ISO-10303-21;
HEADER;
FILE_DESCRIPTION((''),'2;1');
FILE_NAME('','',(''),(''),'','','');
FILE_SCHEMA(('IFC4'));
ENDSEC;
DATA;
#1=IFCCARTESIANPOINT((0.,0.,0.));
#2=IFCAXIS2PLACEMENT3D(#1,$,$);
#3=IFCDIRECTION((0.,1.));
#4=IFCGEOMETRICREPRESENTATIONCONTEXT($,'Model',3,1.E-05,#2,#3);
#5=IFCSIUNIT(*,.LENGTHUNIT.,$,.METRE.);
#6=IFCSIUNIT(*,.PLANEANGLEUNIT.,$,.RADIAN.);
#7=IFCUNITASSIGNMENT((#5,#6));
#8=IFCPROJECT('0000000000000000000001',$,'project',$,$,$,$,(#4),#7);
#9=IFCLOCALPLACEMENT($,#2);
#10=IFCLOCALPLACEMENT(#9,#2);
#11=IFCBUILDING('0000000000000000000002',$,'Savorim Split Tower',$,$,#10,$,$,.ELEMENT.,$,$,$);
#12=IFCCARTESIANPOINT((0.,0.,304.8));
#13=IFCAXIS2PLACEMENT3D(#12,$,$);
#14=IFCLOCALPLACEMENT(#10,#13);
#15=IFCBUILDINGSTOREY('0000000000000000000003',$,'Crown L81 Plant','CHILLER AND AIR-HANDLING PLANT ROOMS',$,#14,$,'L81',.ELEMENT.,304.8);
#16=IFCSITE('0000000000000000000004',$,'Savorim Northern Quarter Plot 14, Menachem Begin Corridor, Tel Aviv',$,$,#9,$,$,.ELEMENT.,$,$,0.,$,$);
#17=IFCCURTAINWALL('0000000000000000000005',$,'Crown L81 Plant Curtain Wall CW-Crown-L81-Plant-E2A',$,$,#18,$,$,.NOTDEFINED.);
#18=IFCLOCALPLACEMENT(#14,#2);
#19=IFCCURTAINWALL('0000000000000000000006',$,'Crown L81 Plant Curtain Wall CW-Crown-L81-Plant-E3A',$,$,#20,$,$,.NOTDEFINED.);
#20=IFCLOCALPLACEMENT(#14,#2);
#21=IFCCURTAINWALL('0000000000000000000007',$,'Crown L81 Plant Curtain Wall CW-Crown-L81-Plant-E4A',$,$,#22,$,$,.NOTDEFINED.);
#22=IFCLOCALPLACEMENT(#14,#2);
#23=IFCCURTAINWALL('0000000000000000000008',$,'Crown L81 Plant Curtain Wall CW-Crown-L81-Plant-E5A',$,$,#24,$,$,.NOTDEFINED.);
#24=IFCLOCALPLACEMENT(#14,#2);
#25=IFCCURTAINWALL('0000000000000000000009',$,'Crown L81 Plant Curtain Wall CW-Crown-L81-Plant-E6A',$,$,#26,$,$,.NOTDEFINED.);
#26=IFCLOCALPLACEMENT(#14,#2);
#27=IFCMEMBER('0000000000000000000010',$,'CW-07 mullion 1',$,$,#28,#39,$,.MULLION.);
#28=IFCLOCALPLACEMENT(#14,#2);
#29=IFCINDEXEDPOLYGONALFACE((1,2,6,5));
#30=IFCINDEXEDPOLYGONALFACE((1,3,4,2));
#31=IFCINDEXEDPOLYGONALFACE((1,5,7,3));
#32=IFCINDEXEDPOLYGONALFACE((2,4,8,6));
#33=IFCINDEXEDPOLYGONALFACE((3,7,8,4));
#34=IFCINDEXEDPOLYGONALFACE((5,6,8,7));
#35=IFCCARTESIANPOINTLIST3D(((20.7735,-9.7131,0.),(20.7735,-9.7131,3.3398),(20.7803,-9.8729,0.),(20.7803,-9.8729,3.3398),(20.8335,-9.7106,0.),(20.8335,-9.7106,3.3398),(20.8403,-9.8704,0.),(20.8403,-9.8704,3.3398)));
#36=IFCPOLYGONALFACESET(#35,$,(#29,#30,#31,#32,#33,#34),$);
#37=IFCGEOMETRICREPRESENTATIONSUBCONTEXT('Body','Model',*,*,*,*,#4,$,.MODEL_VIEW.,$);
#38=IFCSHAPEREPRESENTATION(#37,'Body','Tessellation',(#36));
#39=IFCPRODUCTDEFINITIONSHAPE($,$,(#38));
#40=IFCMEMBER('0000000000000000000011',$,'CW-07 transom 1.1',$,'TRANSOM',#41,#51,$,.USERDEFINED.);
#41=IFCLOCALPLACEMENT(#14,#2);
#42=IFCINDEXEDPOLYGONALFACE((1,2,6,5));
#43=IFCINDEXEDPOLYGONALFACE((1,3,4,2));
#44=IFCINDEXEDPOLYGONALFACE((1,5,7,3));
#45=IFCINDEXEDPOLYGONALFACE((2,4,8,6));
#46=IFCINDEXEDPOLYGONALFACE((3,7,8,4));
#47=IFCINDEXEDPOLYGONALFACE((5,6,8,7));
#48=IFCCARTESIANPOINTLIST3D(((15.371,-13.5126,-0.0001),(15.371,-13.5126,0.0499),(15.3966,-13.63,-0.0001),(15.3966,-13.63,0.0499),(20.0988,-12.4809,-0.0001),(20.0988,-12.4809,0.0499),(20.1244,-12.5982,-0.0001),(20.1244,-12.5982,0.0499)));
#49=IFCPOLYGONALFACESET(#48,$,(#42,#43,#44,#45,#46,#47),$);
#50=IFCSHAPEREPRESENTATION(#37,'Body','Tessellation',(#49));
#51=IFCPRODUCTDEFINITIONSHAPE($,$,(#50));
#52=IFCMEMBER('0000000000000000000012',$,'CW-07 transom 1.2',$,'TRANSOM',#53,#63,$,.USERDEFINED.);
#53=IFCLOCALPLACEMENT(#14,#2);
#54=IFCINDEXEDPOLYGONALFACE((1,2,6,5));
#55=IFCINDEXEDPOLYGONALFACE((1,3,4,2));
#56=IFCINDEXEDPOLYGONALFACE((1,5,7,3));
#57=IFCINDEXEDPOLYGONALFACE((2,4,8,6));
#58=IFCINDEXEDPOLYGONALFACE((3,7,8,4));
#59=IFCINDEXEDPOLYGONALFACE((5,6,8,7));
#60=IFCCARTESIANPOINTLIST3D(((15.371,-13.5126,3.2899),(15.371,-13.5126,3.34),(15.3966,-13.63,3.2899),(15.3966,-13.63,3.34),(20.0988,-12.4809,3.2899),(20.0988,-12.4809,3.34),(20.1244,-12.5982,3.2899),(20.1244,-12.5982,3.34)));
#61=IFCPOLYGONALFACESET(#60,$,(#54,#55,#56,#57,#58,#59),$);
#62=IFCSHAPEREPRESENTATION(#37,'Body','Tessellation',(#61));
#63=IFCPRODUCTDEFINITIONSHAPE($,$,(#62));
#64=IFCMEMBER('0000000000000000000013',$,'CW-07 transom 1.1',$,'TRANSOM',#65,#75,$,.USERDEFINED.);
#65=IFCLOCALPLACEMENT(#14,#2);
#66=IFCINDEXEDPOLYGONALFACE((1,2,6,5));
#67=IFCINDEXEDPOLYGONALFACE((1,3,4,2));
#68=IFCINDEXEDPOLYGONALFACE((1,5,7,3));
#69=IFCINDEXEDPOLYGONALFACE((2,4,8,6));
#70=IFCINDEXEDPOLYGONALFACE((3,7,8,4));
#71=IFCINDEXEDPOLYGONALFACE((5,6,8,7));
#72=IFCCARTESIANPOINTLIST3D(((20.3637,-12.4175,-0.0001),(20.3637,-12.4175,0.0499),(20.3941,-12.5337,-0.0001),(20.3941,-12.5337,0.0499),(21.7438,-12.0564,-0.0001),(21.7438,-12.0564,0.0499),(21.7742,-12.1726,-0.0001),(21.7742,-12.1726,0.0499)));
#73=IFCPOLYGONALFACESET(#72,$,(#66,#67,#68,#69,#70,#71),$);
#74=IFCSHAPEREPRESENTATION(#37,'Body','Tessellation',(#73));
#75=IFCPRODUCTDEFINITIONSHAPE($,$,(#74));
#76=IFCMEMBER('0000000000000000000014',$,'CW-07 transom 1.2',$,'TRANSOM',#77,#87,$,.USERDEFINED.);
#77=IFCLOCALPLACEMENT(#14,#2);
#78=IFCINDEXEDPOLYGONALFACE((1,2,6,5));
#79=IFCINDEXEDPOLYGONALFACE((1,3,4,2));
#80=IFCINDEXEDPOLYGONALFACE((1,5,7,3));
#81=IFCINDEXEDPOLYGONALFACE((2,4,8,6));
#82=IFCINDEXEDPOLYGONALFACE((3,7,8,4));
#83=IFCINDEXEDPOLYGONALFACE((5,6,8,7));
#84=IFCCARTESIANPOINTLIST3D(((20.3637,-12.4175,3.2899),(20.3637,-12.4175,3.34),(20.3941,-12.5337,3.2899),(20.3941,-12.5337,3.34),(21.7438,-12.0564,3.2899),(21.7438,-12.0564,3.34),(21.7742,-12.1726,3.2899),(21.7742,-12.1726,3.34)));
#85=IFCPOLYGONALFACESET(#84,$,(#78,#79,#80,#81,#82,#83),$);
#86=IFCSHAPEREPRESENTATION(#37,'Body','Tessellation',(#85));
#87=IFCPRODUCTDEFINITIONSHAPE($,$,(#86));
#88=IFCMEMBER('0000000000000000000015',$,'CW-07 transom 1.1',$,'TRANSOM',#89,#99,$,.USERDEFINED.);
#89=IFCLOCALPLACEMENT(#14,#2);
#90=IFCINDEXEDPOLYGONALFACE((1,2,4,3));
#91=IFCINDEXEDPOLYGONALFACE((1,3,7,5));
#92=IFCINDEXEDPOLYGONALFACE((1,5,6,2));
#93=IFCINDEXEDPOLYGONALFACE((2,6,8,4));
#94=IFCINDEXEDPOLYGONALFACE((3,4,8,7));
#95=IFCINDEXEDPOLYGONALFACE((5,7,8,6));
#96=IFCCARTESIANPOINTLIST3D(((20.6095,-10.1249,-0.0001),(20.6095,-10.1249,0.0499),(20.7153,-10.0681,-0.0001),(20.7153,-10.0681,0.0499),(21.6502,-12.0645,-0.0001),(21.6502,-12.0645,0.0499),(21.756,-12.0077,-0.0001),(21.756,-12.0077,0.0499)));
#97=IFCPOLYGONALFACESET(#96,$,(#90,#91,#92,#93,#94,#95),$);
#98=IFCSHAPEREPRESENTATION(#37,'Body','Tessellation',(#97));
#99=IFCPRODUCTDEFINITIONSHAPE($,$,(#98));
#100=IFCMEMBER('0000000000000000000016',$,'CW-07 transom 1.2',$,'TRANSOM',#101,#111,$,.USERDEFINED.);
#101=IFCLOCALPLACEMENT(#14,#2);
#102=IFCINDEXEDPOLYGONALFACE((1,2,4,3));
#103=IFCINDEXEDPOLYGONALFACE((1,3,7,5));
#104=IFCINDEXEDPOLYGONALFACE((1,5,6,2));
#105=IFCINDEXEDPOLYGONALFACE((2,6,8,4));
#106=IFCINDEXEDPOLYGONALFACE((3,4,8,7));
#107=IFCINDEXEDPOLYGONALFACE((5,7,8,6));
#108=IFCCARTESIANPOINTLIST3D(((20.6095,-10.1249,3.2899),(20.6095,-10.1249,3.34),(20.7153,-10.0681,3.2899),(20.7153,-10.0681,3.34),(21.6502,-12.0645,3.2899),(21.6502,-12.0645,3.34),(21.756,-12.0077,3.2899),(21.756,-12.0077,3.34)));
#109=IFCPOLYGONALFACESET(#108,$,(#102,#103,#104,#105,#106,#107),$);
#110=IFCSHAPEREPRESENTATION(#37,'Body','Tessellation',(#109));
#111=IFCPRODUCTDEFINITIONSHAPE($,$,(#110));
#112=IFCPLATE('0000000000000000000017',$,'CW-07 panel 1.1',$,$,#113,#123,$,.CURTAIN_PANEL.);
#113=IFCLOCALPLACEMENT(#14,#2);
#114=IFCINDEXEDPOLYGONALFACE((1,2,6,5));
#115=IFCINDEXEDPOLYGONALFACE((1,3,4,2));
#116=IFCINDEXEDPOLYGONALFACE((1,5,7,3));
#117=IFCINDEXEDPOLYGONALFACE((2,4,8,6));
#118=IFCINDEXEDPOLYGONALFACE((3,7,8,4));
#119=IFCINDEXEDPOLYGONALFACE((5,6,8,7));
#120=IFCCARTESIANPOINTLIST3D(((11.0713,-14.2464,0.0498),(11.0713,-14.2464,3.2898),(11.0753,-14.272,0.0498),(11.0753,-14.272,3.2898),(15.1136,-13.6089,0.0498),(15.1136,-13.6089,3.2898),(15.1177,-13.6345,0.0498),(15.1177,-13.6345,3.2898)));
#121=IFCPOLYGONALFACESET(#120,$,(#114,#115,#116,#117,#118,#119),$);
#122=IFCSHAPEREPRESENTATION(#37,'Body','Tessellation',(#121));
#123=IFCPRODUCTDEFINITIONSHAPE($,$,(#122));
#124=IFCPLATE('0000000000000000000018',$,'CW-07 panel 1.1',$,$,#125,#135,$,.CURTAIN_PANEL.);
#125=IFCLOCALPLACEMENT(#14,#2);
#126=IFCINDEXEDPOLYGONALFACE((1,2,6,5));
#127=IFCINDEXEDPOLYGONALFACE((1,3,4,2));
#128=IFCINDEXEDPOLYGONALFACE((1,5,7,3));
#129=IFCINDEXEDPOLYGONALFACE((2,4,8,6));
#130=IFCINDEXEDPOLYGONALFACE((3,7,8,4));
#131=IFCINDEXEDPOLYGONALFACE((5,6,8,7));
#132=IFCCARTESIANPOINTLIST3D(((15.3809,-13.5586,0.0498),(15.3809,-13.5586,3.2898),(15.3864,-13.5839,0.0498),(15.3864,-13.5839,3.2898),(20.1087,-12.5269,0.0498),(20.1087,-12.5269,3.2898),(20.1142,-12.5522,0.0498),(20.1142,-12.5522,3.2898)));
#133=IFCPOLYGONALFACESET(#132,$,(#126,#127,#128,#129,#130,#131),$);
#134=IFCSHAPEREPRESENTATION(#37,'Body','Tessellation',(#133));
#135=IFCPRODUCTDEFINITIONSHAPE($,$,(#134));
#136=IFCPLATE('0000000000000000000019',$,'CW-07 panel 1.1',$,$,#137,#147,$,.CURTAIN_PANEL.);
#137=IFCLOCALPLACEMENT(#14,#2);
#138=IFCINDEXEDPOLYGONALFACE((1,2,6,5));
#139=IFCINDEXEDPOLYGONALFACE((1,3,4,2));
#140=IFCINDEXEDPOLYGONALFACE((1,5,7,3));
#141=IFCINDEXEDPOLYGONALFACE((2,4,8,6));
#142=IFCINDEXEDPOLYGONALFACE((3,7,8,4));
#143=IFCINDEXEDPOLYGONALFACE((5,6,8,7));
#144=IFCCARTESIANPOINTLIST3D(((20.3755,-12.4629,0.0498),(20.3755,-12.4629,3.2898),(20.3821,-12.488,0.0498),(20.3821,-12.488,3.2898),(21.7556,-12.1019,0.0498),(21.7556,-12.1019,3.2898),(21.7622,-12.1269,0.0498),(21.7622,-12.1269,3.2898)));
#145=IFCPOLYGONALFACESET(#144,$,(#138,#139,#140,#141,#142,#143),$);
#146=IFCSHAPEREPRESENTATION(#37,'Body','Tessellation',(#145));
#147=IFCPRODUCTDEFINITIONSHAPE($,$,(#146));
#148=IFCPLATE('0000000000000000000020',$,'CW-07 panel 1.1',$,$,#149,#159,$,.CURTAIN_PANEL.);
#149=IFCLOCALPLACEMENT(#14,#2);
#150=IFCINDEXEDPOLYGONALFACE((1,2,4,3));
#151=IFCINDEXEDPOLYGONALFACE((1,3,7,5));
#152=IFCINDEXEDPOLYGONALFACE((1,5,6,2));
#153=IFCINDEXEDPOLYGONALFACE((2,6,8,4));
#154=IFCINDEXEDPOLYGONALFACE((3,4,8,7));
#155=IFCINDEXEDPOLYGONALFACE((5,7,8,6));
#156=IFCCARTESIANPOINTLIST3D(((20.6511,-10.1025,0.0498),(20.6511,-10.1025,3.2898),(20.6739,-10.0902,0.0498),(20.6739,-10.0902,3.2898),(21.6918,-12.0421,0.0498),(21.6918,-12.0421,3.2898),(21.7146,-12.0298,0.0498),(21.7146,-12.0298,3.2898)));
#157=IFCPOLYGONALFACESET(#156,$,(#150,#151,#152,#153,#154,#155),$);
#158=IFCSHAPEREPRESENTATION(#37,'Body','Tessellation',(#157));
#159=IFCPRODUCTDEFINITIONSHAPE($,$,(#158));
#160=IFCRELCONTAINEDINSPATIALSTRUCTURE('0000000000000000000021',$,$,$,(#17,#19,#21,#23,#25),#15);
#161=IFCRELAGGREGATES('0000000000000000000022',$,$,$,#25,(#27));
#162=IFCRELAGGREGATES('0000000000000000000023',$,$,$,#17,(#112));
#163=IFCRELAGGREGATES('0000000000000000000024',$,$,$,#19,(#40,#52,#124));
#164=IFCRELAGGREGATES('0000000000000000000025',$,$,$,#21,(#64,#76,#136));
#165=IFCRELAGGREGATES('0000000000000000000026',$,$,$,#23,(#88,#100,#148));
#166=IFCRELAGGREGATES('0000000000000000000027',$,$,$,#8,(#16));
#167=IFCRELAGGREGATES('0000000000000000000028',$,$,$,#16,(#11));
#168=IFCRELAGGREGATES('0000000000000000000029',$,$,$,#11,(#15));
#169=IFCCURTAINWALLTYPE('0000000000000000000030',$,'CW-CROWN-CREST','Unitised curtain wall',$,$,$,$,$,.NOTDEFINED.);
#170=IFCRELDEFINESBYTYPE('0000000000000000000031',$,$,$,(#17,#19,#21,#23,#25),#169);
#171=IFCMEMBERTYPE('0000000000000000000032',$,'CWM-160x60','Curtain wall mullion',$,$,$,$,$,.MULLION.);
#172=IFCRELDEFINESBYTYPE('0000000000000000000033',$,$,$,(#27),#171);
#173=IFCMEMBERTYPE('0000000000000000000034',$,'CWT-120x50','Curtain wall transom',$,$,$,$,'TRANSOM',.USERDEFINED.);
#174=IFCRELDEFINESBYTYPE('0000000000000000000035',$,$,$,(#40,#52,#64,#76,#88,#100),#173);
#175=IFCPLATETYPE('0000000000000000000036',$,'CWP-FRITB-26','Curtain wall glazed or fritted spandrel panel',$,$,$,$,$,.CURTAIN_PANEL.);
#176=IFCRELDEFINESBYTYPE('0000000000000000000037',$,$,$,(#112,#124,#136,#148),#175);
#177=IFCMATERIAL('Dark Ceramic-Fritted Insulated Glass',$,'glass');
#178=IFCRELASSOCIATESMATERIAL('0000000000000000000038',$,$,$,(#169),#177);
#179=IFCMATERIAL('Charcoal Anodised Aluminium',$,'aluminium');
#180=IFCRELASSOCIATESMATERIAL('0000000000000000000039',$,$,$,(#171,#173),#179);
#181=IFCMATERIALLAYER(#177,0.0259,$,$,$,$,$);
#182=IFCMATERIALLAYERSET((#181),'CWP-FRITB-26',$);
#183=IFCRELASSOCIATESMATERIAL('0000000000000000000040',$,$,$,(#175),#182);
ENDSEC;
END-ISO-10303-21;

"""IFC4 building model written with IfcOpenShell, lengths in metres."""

from ifc_helpers import new_model, si_unit, direction, frame, origin, origin_2d, place, context, subcontext, project, spatial, rectangle, extrude, material, layer, layer_set, material_profile, profile_set, type_object, element, aggregate, save


model = new_model("IFC4")

# Units and contexts
model_context = context("Model", 3, precision=1e-05, world=origin(), true_north=direction((0.0, 1.0)))
body_context = subcontext(model_context, "Body", "Model", "MODEL_VIEW")
ifc_project = project(units=[si_unit("LENGTHUNIT", "METRE"), si_unit("PLANEANGLEUNIT", "RADIAN")], contexts=[model_context])

# Site, building, storey
site_placement = place(None, origin())
site = spatial("IfcSite", under=ifc_project, at=site_placement, Name="Savorim Northern Quarter Plot 14, Menachem Begin Corridor, Tel Aviv", CompositionType="ELEMENT", RefElevation=0.0)
building_placement = place(site_placement, origin())
building = spatial("IfcBuilding", under=site, at=building_placement, Name="Savorim Split Tower", CompositionType="ELEMENT")
storey_placement = place(building_placement, frame((0.0, 0.0, 304.8)))
storey = spatial("IfcBuildingStorey", under=building, at=storey_placement, Name="Crown L81 Plant", Description="CHILLER AND AIR-HANDLING PLANT ROOMS", LongName="L81", CompositionType="ELEMENT", Elevation=304.8)

# Curtain wall
ifc_material_1 = material(Name="Dark Ceramic-Fritted Insulated Glass", Category="glass")
curtain_wall_type = type_object("IfcCurtainWallType", Name="CW-CROWN-CREST", Description="Unitised curtain wall", PredefinedType="NOTDEFINED", material=ifc_material_1)
curtain_wall_1_placement = place(storey_placement, origin())
curtain_wall_1 = element("IfcCurtainWall", 1, at=curtain_wall_1_placement, inside=storey, type_object=curtain_wall_type, Name="Crown L81 Plant Curtain Wall CW-Crown-L81-Plant-E2A", PredefinedType="NOTDEFINED")
ifc_material_2 = material(Name="Charcoal Anodised Aluminium", Category="aluminium")
ifc_material_profile_1 = material_profile(ifc_material_2, rectangle(XDim=0.1599, YDim=0.0601, at=origin_2d()), Name="ALU-M 160x60")
ifc_profile_set_1 = profile_set([ifc_material_profile_1], Name="Charcoal Anodised Aluminium")
member_type_1 = type_object("IfcMemberType", Name="CWM-160x60", Description="Curtain wall mullion", PredefinedType="MULLION", material=ifc_profile_set_1)

# Curtain walls
curtain_wall_2_placement = place(storey_placement, origin())
curtain_wall_2 = element("IfcCurtainWall", 2, at=curtain_wall_2_placement, inside=storey, type_object=curtain_wall_type, Name="Crown L81 Plant Curtain Wall CW-Crown-L81-Plant-E3A", PredefinedType="NOTDEFINED")
curtain_wall_3_placement = place(storey_placement, origin())
curtain_wall_3 = element("IfcCurtainWall", 3, at=curtain_wall_3_placement, inside=storey, type_object=curtain_wall_type, Name="Crown L81 Plant Curtain Wall CW-Crown-L81-Plant-E4A", PredefinedType="NOTDEFINED")
curtain_wall_4_placement = place(storey_placement, origin())
curtain_wall_4 = element("IfcCurtainWall", 4, at=curtain_wall_4_placement, inside=storey, type_object=curtain_wall_type, Name="Crown L81 Plant Curtain Wall CW-Crown-L81-Plant-E5A", PredefinedType="NOTDEFINED")

# Curtain wall, member
curtain_wall_5_placement = place(storey_placement, origin())
curtain_wall_5 = element("IfcCurtainWall", 5, at=curtain_wall_5_placement, inside=storey, type_object=curtain_wall_type, Name="Crown L81 Plant Curtain Wall CW-Crown-L81-Plant-E6A", PredefinedType="NOTDEFINED")
member_1_placement = place(storey_placement, frame((20.8069, -9.7917, 0.0), z_axis=(0.0, 0.0, 1.0), x_axis=(-0.042533, 0.999095, 0.0)))
member_1 = element("IfcMember", 6, at=member_1_placement, type_object=member_type_1, Name="CW-07 mullion 1", PredefinedType="MULLION", context=body_context, shape_type="SweptSolid", body=[
    extrude(rectangle(XDim=0.1599, YDim=0.0601, at=origin_2d()), origin(), (0.0, 0.0, 1.0), 3.3398),
])
aggregate(curtain_wall_5, [member_1])

# Members
ifc_material_profile_2 = material_profile(ifc_material_2, rectangle(XDim=0.1201, YDim=0.05, at=origin_2d()), Name="ALU-T 120x50")
ifc_profile_set_2 = profile_set([ifc_material_profile_2], Name="Charcoal Anodised Aluminium")
member_type_2 = type_object("IfcMemberType", Name="CWT-120x50", Description="Curtain wall transom", ElementType="TRANSOM", PredefinedType="USERDEFINED", material=ifc_profile_set_2)
member_2_placement = place(storey_placement, frame((15.3838, -13.5713, 0.0249), z_axis=(0.977006, 0.213211, 0.0), x_axis=(-0.213211, 0.977006, 0.0)))
member_2 = element("IfcMember", 7, at=member_2_placement, type_object=member_type_2, Name="CW-07 transom 1.1", ObjectType="TRANSOM", PredefinedType="USERDEFINED", context=body_context, shape_type="SweptSolid", body=[
    extrude(rectangle(XDim=0.1201, YDim=0.05, at=origin_2d()), origin(), (0.0, 0.0, 1.0), 4.8391),
])
member_3_placement = place(storey_placement, frame((15.3838, -13.5713, 3.3149), z_axis=(0.977006, 0.213211, 0.0), x_axis=(-0.213211, 0.977006, 0.0)))
member_3 = element("IfcMember", 8, at=member_3_placement, type_object=member_type_2, Name="CW-07 transom 1.2", ObjectType="TRANSOM", PredefinedType="USERDEFINED", context=body_context, shape_type="SweptSolid", body=[
    extrude(rectangle(XDim=0.1201, YDim=0.05, at=origin_2d()), origin(), (0.0, 0.0, 1.0), 4.8391),
])
member_4_placement = place(storey_placement, frame((20.3789, -12.4756, 0.0249), z_axis=(0.967437, 0.253112, 0.0), x_axis=(-0.253112, 0.967437, 0.0)))
member_4 = element("IfcMember", 9, at=member_4_placement, type_object=member_type_2, Name="CW-07 transom 1.1", ObjectType="TRANSOM", PredefinedType="USERDEFINED", context=body_context, shape_type="SweptSolid", body=[
    extrude(rectangle(XDim=0.1201, YDim=0.05, at=origin_2d()), origin(), (0.0, 0.0, 1.0), 1.4265),
])
member_5_placement = place(storey_placement, frame((20.3789, -12.4756, 3.3149), z_axis=(0.967437, 0.253112, 0.0), x_axis=(-0.253112, 0.967437, 0.0)))
member_5 = element("IfcMember", 10, at=member_5_placement, type_object=member_type_2, Name="CW-07 transom 1.2", ObjectType="TRANSOM", PredefinedType="USERDEFINED", context=body_context, shape_type="SweptSolid", body=[
    extrude(rectangle(XDim=0.1201, YDim=0.05, at=origin_2d()), origin(), (0.0, 0.0, 1.0), 1.4265),
])
member_6_placement = place(storey_placement, frame((21.7031, -12.0361, 0.0249), z_axis=(-0.472803, 0.881168, 0.0), x_axis=(-0.881168, -0.472803, 0.0)))
member_6 = element("IfcMember", 11, at=member_6_placement, type_object=member_type_2, Name="CW-07 transom 1.1", ObjectType="TRANSOM", PredefinedType="USERDEFINED", context=body_context, shape_type="SweptSolid", body=[
    extrude(rectangle(XDim=0.1201, YDim=0.05, at=origin_2d()), origin(), (0.0, 0.0, 1.0), 2.2012),
])
member_7_placement = place(storey_placement, frame((21.7031, -12.0361, 3.3149), z_axis=(-0.472803, 0.881168, 0.0), x_axis=(-0.881168, -0.472803, 0.0)))
member_7 = element("IfcMember", 12, at=member_7_placement, type_object=member_type_2, Name="CW-07 transom 1.2", ObjectType="TRANSOM", PredefinedType="USERDEFINED", context=body_context, shape_type="SweptSolid", body=[
    extrude(rectangle(XDim=0.1201, YDim=0.05, at=origin_2d()), origin(), (0.0, 0.0, 1.0), 2.2012),
])

# Plates
ifc_layer_1 = layer(ifc_material_1, 0.0259)
ifc_layer_set_1 = layer_set([ifc_layer_1], Name="CWP-FRITB-26")
plate_type = type_object("IfcPlateType", Name="CWP-FRITB-26", Description="Curtain wall glazed or fritted spandrel panel", PredefinedType="CURTAIN_PANEL", material=ifc_layer_set_1)
plate_1_placement = place(storey_placement, frame((13.0945, -13.9404, 0.0498), z_axis=(0.0, 0.0, 1.0), x_axis=(0.987791, 0.155785, 0.0)))
plate_1 = element("IfcPlate", 13, at=plate_1_placement, type_object=plate_type, Name="CW-07 panel 1.1", PredefinedType="CURTAIN_PANEL", context=body_context, shape_type="SweptSolid", body=[
    extrude(rectangle(XDim=4.0923, YDim=0.0259, at=origin_2d()), origin(), (0.0, 0.0, 1.0), 3.24),
])
aggregate(curtain_wall_1, [plate_1])
plate_2_placement = place(storey_placement, frame((17.7476, -13.0554, 0.0498), z_axis=(0.0, 0.0, 1.0), x_axis=(0.977007, 0.213207, 0.0)))
plate_2 = element("IfcPlate", 14, at=plate_2_placement, type_object=plate_type, Name="CW-07 panel 1.1", PredefinedType="CURTAIN_PANEL", context=body_context, shape_type="SweptSolid", body=[
    extrude(rectangle(XDim=4.8391, YDim=0.0259, at=origin_2d()), origin(), (0.0, 0.0, 1.0), 3.24),
])
aggregate(curtain_wall_2, [member_2, member_3, plate_2])
plate_3_placement = place(storey_placement, frame((21.0688, -12.2949, 0.0498), z_axis=(0.0, 0.0, 1.0), x_axis=(0.967445, 0.25308, 0.0)))
plate_3 = element("IfcPlate", 15, at=plate_3_placement, type_object=plate_type, Name="CW-07 panel 1.1", PredefinedType="CURTAIN_PANEL", context=body_context, shape_type="SweptSolid", body=[
    extrude(rectangle(XDim=1.4265, YDim=0.0259, at=origin_2d()), origin(), (0.0, 0.0, 1.0), 3.24),
])
aggregate(curtain_wall_3, [member_4, member_5, plate_3])
plate_4_placement = place(storey_placement, frame((21.1829, -11.0662, 0.0498), z_axis=(0.0, 0.0, 1.0), x_axis=(-0.472807, 0.881166, 0.0)))
plate_4 = element("IfcPlate", 16, at=plate_4_placement, type_object=plate_type, Name="CW-07 panel 1.1", PredefinedType="CURTAIN_PANEL", context=body_context, shape_type="SweptSolid", body=[
    extrude(rectangle(XDim=2.2012, YDim=0.0259, at=origin_2d()), origin(), (0.0, 0.0, 1.0), 3.24),
])
aggregate(curtain_wall_4, [member_6, member_7, plate_4])

save(model, "model.ifc")
